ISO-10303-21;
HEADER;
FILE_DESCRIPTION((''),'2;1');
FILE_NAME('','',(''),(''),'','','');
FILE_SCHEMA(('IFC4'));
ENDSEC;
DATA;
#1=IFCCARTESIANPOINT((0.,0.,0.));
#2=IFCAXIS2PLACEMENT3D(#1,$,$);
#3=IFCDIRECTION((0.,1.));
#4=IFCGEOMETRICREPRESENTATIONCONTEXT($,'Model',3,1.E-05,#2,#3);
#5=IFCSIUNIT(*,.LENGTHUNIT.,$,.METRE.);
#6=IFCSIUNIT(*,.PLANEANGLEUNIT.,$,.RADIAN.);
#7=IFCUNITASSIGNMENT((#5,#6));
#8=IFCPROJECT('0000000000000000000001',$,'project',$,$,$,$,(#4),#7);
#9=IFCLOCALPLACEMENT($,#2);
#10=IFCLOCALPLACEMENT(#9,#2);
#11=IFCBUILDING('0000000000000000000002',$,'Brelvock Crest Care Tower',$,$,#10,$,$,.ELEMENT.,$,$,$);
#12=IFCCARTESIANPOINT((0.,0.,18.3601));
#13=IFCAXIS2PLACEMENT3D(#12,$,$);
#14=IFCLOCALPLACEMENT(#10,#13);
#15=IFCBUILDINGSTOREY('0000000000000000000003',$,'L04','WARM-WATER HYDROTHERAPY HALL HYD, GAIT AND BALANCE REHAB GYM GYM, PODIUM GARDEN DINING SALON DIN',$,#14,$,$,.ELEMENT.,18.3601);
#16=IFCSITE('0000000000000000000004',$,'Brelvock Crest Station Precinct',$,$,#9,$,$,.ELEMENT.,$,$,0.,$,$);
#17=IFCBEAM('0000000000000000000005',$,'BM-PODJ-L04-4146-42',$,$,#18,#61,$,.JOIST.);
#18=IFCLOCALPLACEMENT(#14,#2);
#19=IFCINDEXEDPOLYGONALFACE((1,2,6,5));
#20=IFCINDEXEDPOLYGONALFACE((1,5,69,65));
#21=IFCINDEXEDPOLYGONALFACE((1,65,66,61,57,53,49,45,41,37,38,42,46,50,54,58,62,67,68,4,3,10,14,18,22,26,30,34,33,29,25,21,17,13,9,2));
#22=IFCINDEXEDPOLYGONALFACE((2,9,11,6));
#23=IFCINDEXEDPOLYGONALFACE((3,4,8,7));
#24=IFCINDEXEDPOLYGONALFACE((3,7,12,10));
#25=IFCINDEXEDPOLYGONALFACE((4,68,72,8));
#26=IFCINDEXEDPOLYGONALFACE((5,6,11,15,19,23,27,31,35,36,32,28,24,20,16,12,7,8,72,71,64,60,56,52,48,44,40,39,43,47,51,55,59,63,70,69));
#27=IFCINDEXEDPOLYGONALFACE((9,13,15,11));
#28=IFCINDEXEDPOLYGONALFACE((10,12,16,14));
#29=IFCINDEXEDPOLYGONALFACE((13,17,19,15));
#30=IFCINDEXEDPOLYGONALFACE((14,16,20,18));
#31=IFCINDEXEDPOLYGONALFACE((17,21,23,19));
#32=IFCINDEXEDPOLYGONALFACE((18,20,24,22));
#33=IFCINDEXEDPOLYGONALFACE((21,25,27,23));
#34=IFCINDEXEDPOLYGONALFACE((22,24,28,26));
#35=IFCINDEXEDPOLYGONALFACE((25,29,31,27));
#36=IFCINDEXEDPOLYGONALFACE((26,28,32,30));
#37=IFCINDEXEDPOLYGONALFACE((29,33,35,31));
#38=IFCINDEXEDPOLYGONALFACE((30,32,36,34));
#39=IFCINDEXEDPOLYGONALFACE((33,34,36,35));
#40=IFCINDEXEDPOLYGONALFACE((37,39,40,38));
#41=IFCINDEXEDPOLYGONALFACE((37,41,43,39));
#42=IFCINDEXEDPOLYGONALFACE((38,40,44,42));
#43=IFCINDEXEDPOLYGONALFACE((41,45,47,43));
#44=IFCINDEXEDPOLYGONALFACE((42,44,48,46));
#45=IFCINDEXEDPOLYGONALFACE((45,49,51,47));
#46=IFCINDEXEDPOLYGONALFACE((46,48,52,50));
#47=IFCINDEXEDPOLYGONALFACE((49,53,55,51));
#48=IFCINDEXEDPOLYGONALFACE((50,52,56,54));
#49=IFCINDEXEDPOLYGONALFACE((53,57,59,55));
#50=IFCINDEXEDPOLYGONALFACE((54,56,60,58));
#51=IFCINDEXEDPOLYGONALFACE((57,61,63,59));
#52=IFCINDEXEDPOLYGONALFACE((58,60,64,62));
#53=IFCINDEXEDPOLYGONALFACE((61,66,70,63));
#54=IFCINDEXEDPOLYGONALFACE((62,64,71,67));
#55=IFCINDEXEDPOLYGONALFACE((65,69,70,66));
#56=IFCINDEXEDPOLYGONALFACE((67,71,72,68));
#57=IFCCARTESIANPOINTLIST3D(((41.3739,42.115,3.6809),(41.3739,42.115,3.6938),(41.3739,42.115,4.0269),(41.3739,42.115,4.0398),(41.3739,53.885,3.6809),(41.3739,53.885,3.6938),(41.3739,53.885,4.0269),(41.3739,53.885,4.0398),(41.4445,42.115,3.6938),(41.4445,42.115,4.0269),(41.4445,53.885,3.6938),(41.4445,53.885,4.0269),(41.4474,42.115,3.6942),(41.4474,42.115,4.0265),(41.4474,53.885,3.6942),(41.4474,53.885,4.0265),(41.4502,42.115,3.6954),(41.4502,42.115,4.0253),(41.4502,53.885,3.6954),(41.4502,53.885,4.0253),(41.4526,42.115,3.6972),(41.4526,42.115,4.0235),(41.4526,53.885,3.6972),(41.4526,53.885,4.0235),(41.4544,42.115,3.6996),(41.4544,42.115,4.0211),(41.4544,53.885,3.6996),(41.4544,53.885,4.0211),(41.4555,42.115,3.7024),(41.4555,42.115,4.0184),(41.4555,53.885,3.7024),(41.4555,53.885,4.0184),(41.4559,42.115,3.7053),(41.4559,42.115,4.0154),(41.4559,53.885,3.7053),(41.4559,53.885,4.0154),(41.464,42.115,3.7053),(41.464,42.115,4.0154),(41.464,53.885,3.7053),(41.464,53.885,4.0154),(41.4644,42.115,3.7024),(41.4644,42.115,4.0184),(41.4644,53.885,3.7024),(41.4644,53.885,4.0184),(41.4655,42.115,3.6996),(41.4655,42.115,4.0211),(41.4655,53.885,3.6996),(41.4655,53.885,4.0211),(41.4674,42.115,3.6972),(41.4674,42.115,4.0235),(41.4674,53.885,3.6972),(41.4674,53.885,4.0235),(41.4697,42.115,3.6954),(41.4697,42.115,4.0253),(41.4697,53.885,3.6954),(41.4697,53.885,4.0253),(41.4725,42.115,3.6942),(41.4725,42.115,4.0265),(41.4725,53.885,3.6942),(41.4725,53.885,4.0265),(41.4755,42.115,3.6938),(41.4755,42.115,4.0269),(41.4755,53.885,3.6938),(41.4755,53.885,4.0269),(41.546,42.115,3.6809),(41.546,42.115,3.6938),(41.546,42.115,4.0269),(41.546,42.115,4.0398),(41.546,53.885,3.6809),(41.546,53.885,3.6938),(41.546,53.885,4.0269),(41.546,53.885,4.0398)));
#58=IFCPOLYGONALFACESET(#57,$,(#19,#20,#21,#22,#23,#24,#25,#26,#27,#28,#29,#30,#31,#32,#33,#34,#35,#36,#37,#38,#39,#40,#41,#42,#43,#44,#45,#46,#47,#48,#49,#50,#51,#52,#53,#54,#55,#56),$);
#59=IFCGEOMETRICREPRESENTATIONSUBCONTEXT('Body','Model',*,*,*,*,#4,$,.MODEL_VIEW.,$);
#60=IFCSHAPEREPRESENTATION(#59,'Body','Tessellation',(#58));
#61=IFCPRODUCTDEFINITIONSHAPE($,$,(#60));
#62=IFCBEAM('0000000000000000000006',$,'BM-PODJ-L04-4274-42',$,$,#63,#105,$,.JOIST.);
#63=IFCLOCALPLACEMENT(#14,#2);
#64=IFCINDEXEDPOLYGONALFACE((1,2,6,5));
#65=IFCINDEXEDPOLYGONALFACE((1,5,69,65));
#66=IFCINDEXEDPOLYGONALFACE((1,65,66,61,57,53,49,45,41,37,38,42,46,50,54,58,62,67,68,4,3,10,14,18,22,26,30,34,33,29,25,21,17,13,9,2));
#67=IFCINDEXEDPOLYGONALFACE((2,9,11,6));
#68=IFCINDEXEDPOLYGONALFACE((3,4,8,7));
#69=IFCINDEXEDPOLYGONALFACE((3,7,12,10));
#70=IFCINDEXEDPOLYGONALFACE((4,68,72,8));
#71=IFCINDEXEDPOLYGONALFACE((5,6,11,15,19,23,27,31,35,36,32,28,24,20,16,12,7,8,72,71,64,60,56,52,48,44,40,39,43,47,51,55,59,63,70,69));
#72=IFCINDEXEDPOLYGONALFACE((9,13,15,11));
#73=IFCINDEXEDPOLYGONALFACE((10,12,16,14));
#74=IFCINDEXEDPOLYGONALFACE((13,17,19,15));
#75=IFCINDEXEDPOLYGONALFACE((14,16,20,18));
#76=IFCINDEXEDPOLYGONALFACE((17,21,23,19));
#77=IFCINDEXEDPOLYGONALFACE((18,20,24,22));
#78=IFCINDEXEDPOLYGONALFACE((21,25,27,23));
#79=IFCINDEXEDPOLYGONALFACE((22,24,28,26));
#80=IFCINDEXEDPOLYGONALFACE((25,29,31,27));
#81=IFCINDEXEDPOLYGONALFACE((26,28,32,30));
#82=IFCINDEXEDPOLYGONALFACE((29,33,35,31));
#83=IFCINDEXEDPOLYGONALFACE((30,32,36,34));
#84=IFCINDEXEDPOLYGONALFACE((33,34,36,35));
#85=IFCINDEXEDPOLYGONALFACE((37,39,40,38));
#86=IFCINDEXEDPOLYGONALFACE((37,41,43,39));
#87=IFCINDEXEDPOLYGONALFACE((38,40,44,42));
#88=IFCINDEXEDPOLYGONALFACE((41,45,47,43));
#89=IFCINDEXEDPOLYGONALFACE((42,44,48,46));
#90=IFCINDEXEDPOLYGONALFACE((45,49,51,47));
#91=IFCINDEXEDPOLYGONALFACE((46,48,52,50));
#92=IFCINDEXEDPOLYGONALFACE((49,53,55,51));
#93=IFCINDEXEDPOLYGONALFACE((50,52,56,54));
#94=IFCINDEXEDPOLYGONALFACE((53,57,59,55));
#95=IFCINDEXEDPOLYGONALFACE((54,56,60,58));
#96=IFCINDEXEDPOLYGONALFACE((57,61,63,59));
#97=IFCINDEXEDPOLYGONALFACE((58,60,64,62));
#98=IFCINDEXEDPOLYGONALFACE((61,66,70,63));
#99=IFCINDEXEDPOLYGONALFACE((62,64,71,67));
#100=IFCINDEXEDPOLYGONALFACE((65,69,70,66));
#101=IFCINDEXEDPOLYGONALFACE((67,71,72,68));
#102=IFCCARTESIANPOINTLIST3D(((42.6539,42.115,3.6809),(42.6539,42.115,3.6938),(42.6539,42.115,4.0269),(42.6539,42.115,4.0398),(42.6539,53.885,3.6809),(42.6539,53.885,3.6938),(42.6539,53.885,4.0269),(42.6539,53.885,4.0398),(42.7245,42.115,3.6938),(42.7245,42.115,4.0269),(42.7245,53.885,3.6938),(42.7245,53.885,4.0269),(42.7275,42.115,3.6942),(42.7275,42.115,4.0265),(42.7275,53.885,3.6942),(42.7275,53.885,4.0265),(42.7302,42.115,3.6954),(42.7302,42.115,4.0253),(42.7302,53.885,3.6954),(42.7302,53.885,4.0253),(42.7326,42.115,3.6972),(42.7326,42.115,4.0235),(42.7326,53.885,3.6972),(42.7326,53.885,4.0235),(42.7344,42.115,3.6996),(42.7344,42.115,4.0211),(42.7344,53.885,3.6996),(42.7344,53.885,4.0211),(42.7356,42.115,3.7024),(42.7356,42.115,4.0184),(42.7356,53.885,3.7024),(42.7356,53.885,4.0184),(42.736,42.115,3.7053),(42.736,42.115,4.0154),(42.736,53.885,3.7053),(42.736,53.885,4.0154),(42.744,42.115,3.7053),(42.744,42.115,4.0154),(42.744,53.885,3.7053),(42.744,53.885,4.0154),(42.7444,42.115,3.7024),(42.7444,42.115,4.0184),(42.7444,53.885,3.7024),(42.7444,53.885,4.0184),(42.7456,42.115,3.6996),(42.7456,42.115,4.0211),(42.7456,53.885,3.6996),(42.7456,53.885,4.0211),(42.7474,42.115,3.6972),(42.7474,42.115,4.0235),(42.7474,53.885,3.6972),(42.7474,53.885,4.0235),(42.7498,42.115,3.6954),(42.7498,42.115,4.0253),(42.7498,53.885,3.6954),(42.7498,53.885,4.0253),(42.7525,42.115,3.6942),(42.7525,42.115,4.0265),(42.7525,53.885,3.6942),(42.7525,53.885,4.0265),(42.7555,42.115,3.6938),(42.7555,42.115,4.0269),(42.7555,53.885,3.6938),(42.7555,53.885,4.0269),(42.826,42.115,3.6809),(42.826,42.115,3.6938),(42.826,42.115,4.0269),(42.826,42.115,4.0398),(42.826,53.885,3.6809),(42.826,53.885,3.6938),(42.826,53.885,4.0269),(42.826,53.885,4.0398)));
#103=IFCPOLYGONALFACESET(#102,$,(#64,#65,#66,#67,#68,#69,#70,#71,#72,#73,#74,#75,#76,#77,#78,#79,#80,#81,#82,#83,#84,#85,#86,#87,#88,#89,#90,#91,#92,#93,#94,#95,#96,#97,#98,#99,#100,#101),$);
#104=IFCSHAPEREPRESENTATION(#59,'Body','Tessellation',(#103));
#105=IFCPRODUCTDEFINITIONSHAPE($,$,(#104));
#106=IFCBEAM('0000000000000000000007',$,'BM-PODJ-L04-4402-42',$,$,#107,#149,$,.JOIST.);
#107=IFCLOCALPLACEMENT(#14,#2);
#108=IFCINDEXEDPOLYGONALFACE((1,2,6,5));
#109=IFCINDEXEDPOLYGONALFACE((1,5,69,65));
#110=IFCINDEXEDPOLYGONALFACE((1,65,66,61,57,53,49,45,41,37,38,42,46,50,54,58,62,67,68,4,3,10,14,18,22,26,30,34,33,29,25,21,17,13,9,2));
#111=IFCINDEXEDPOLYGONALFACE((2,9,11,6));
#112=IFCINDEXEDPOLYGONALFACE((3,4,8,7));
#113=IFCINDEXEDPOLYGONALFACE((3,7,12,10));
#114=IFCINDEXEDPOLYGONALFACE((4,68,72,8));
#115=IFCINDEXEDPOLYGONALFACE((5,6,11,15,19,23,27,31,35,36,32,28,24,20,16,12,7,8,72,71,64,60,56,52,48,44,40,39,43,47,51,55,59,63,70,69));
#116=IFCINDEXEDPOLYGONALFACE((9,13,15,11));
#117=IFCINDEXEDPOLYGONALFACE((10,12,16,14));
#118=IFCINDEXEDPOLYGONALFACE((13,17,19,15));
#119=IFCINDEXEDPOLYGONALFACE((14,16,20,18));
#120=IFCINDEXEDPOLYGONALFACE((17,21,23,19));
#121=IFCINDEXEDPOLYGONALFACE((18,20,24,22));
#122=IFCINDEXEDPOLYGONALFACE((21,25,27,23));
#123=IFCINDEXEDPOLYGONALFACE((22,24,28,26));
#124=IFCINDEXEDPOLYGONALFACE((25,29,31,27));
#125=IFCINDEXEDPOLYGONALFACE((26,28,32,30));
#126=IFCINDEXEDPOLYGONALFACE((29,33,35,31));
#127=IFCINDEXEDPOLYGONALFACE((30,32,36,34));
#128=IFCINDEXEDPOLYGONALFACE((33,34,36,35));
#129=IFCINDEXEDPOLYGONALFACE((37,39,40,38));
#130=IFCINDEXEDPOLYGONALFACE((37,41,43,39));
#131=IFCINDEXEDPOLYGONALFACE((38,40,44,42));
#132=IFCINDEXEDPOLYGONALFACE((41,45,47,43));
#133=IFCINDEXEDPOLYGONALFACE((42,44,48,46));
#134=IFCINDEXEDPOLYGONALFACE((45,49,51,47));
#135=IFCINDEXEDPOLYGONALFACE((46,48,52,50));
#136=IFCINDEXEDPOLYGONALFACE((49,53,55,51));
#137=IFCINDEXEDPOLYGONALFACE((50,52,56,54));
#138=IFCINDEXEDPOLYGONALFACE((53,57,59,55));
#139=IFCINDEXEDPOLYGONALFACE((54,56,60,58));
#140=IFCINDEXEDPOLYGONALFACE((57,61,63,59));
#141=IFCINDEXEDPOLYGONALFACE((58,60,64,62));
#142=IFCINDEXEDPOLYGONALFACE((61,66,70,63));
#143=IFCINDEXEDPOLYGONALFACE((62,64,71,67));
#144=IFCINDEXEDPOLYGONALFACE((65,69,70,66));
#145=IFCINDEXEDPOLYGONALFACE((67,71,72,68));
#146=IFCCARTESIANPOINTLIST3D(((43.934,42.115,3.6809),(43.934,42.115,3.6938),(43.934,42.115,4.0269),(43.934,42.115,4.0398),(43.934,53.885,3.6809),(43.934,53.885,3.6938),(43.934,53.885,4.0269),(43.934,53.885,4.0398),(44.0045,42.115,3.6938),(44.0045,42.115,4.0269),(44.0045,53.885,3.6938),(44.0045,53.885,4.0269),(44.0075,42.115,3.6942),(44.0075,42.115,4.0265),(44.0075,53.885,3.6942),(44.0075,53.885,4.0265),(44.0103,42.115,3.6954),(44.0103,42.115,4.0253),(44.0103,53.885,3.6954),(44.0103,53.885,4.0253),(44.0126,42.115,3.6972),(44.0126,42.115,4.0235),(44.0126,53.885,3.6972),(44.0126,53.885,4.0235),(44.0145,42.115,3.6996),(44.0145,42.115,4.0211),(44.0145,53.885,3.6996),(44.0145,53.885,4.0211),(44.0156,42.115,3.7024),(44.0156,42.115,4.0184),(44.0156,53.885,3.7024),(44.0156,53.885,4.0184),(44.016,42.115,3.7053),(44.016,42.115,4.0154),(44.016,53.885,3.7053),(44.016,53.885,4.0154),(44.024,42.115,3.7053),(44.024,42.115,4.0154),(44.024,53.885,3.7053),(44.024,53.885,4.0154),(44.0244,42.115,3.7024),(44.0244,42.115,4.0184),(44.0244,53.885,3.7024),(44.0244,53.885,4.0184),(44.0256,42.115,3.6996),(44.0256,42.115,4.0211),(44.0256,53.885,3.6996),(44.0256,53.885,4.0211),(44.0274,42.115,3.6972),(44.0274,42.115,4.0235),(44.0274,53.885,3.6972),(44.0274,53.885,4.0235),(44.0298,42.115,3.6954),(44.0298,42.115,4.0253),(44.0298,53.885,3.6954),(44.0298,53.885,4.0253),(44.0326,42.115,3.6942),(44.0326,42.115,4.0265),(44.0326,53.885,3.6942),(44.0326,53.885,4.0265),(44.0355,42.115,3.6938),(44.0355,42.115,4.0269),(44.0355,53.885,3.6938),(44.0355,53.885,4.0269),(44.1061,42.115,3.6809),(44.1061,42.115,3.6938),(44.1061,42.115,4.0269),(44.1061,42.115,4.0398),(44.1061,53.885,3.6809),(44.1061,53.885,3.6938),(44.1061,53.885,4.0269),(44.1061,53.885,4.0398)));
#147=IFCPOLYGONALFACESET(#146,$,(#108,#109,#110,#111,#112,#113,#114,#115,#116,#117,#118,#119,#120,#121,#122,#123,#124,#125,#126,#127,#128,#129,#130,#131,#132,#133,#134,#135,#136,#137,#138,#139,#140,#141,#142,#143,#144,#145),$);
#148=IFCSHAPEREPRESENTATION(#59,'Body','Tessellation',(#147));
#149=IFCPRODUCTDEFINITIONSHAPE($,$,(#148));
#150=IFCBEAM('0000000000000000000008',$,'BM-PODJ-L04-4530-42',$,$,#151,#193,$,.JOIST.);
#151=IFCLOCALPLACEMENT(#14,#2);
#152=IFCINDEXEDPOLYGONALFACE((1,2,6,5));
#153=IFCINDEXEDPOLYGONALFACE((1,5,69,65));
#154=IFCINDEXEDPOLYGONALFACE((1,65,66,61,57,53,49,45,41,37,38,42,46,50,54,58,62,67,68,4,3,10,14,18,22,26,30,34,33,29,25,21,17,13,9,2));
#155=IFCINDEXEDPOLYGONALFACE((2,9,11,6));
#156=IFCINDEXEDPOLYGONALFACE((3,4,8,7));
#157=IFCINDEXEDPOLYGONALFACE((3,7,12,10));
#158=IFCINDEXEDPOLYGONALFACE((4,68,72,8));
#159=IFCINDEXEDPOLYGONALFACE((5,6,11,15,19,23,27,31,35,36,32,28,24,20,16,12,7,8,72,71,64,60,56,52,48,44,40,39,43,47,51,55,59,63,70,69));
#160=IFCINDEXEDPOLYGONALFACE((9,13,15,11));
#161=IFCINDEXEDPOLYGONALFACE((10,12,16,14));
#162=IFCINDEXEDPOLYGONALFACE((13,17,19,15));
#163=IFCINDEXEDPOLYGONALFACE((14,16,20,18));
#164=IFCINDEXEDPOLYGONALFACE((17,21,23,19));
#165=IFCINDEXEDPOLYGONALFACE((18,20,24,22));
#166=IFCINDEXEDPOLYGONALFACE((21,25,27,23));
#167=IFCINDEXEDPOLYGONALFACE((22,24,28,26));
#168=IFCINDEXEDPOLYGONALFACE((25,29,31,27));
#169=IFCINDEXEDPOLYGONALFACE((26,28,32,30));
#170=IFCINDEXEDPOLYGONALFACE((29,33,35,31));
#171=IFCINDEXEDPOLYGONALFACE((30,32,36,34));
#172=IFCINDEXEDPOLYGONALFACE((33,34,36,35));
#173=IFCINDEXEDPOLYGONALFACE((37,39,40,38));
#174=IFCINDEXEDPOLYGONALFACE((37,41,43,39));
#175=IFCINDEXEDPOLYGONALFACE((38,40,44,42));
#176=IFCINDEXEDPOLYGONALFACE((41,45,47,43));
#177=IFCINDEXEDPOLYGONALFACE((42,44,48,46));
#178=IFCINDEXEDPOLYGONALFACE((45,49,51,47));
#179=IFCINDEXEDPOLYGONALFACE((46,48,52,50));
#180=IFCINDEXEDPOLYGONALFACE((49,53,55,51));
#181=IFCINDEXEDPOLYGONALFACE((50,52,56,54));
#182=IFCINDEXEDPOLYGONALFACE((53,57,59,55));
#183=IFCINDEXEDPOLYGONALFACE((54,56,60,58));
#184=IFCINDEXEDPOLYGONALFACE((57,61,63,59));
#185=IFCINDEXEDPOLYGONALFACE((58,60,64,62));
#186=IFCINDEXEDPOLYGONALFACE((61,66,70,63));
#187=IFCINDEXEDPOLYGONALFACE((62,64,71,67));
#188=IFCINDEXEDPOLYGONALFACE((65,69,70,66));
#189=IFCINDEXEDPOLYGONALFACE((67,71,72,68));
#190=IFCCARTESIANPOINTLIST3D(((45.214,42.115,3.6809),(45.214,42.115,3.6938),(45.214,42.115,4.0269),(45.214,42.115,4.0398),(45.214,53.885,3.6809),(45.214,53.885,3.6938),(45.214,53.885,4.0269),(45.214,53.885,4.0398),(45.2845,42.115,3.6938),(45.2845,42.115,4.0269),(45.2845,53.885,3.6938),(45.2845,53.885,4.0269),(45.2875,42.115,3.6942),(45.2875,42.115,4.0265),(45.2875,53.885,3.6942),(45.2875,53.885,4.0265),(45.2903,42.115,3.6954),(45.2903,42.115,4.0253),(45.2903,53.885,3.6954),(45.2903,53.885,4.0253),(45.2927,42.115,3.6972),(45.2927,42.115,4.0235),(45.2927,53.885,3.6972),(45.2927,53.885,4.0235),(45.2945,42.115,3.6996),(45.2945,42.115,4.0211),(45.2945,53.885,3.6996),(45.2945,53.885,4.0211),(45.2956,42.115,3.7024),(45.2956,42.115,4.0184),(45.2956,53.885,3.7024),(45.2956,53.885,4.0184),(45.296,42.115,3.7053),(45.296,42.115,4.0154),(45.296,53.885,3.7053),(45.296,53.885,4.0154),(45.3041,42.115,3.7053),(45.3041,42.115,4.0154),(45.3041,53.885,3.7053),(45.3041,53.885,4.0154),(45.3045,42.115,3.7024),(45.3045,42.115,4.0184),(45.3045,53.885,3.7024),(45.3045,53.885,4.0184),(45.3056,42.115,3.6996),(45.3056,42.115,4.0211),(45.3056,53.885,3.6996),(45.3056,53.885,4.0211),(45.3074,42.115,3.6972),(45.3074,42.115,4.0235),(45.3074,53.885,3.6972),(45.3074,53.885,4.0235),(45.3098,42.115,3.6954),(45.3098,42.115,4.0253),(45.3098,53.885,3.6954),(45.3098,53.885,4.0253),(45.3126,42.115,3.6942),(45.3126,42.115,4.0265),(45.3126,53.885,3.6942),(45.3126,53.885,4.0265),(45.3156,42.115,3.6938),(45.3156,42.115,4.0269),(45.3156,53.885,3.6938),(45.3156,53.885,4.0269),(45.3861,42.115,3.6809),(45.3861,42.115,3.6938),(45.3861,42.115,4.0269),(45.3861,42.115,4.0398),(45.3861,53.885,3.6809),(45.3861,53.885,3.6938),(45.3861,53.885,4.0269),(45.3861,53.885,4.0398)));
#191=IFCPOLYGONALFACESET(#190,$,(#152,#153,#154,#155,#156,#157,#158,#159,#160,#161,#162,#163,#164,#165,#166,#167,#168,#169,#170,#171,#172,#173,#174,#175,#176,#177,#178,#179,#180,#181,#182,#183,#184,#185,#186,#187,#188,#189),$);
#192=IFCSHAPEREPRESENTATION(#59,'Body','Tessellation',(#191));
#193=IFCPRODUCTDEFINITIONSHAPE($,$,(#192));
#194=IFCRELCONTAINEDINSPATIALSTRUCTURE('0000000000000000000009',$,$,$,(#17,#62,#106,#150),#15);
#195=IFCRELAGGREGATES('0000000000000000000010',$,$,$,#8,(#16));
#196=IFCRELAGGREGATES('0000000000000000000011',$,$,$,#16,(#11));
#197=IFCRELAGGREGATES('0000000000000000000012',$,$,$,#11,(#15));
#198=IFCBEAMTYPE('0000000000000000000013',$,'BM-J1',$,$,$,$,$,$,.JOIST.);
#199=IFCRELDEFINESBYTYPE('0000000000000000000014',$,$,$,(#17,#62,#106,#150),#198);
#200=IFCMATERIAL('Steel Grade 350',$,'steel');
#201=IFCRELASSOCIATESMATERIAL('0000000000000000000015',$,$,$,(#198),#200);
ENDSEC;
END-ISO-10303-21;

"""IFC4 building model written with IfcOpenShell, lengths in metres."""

from ifc_helpers import new_model, si_unit, direction, frame, origin, origin_2d, place, context, subcontext, project, spatial, i_section, extrude, source, transform, mapped, material, material_profile, profile_set, type_object, element, save


model = new_model("IFC4")

# Units and contexts
model_context = context("Model", 3, precision=1e-05, world=origin(), true_north=direction((0.0, 1.0)))
body_context = subcontext(model_context, "Body", "Model", "MODEL_VIEW")
ifc_project = project(units=[si_unit("LENGTHUNIT", "METRE"), si_unit("PLANEANGLEUNIT", "RADIAN")], contexts=[model_context])

# Site, building, storey
site_placement = place(None, origin())
site = spatial("IfcSite", under=ifc_project, at=site_placement, Name="Brelvock Crest Station Precinct", CompositionType="ELEMENT", RefElevation=0.0)
building_placement = place(site_placement, origin())
building = spatial("IfcBuilding", under=site, at=building_placement, Name="Brelvock Crest Care Tower", CompositionType="ELEMENT")
storey_placement = place(building_placement, frame((0.0, 0.0, 18.3601)))
storey = spatial("IfcBuildingStorey", under=building, at=storey_placement, Name="L04", Description="WARM-WATER HYDROTHERAPY HALL HYD, GAIT AND BALANCE REHAB GYM GYM, PODIUM GARDEN DINING SALON DIN", CompositionType="ELEMENT", Elevation=18.3601)

# Shared definitions
ifc_material_1 = material(Name="Steel Grade 350", Category="steel")

# Beams
ifc_material_profile_1 = material_profile(ifc_material_1, i_section(OverallWidth=0.1721, OverallDepth=0.3589, WebThickness=0.0081, FlangeThickness=0.0129, FilletRadius=0.0115, at=origin_2d()), Name="360UB56.7")
ifc_profile_set_1 = profile_set([ifc_material_profile_1], Name="Steel Grade 350")
beam_type_1 = type_object("IfcBeamType", Name="BM-J1", PredefinedType="JOIST", material=ifc_profile_set_1)
shared_shape_1 = source(origin(), body_context, "Body", "SweptSolid", [
    extrude(i_section(OverallWidth=0.1721, OverallDepth=0.3589, WebThickness=0.0081, FlangeThickness=0.0129, FilletRadius=0.0115, at=origin_2d()), origin(), (0.0, 0.0, 1.0), 11.77),
])
for number, where, z_axis, x_axis, name in (
    (1, (41.46, 42.115, 3.8604), (0.0, 1.0, 0.0), (-1.0, 0.0, 0.0), "BM-PODJ-L04-4146-42"),
    (2, (42.74, 42.115, 3.8604), (0.0, 1.0, 0.0), (-1.0, 0.0, 0.0), "BM-PODJ-L04-4274-42"),
    (3, (44.02, 42.115, 3.8604), (0.0, 1.0, 0.0), (-1.0, 0.0, 0.0), "BM-PODJ-L04-4402-42"),
    (4, (45.3, 42.115, 3.8604), (0.0, 1.0, 0.0), (-1.0, 0.0, 0.0), "BM-PODJ-L04-4530-42"),
):
    element("IfcBeam", number, at=place(storey_placement, frame(where, z_axis=z_axis, x_axis=x_axis)), inside=storey, type_object=beam_type_1, Name=name, PredefinedType="JOIST", context=body_context, shape_type="MappedRepresentation", body=[
        mapped(shared_shape_1, transform((0.0, 0.0, 0.0), x_axis=(1.0, 0.0, 0.0), y_axis=(0.0, 1.0, 0.0), z_axis=(0.0, 0.0, 1.0), scale=1.0)),
    ])

save(model, "model.ifc")
